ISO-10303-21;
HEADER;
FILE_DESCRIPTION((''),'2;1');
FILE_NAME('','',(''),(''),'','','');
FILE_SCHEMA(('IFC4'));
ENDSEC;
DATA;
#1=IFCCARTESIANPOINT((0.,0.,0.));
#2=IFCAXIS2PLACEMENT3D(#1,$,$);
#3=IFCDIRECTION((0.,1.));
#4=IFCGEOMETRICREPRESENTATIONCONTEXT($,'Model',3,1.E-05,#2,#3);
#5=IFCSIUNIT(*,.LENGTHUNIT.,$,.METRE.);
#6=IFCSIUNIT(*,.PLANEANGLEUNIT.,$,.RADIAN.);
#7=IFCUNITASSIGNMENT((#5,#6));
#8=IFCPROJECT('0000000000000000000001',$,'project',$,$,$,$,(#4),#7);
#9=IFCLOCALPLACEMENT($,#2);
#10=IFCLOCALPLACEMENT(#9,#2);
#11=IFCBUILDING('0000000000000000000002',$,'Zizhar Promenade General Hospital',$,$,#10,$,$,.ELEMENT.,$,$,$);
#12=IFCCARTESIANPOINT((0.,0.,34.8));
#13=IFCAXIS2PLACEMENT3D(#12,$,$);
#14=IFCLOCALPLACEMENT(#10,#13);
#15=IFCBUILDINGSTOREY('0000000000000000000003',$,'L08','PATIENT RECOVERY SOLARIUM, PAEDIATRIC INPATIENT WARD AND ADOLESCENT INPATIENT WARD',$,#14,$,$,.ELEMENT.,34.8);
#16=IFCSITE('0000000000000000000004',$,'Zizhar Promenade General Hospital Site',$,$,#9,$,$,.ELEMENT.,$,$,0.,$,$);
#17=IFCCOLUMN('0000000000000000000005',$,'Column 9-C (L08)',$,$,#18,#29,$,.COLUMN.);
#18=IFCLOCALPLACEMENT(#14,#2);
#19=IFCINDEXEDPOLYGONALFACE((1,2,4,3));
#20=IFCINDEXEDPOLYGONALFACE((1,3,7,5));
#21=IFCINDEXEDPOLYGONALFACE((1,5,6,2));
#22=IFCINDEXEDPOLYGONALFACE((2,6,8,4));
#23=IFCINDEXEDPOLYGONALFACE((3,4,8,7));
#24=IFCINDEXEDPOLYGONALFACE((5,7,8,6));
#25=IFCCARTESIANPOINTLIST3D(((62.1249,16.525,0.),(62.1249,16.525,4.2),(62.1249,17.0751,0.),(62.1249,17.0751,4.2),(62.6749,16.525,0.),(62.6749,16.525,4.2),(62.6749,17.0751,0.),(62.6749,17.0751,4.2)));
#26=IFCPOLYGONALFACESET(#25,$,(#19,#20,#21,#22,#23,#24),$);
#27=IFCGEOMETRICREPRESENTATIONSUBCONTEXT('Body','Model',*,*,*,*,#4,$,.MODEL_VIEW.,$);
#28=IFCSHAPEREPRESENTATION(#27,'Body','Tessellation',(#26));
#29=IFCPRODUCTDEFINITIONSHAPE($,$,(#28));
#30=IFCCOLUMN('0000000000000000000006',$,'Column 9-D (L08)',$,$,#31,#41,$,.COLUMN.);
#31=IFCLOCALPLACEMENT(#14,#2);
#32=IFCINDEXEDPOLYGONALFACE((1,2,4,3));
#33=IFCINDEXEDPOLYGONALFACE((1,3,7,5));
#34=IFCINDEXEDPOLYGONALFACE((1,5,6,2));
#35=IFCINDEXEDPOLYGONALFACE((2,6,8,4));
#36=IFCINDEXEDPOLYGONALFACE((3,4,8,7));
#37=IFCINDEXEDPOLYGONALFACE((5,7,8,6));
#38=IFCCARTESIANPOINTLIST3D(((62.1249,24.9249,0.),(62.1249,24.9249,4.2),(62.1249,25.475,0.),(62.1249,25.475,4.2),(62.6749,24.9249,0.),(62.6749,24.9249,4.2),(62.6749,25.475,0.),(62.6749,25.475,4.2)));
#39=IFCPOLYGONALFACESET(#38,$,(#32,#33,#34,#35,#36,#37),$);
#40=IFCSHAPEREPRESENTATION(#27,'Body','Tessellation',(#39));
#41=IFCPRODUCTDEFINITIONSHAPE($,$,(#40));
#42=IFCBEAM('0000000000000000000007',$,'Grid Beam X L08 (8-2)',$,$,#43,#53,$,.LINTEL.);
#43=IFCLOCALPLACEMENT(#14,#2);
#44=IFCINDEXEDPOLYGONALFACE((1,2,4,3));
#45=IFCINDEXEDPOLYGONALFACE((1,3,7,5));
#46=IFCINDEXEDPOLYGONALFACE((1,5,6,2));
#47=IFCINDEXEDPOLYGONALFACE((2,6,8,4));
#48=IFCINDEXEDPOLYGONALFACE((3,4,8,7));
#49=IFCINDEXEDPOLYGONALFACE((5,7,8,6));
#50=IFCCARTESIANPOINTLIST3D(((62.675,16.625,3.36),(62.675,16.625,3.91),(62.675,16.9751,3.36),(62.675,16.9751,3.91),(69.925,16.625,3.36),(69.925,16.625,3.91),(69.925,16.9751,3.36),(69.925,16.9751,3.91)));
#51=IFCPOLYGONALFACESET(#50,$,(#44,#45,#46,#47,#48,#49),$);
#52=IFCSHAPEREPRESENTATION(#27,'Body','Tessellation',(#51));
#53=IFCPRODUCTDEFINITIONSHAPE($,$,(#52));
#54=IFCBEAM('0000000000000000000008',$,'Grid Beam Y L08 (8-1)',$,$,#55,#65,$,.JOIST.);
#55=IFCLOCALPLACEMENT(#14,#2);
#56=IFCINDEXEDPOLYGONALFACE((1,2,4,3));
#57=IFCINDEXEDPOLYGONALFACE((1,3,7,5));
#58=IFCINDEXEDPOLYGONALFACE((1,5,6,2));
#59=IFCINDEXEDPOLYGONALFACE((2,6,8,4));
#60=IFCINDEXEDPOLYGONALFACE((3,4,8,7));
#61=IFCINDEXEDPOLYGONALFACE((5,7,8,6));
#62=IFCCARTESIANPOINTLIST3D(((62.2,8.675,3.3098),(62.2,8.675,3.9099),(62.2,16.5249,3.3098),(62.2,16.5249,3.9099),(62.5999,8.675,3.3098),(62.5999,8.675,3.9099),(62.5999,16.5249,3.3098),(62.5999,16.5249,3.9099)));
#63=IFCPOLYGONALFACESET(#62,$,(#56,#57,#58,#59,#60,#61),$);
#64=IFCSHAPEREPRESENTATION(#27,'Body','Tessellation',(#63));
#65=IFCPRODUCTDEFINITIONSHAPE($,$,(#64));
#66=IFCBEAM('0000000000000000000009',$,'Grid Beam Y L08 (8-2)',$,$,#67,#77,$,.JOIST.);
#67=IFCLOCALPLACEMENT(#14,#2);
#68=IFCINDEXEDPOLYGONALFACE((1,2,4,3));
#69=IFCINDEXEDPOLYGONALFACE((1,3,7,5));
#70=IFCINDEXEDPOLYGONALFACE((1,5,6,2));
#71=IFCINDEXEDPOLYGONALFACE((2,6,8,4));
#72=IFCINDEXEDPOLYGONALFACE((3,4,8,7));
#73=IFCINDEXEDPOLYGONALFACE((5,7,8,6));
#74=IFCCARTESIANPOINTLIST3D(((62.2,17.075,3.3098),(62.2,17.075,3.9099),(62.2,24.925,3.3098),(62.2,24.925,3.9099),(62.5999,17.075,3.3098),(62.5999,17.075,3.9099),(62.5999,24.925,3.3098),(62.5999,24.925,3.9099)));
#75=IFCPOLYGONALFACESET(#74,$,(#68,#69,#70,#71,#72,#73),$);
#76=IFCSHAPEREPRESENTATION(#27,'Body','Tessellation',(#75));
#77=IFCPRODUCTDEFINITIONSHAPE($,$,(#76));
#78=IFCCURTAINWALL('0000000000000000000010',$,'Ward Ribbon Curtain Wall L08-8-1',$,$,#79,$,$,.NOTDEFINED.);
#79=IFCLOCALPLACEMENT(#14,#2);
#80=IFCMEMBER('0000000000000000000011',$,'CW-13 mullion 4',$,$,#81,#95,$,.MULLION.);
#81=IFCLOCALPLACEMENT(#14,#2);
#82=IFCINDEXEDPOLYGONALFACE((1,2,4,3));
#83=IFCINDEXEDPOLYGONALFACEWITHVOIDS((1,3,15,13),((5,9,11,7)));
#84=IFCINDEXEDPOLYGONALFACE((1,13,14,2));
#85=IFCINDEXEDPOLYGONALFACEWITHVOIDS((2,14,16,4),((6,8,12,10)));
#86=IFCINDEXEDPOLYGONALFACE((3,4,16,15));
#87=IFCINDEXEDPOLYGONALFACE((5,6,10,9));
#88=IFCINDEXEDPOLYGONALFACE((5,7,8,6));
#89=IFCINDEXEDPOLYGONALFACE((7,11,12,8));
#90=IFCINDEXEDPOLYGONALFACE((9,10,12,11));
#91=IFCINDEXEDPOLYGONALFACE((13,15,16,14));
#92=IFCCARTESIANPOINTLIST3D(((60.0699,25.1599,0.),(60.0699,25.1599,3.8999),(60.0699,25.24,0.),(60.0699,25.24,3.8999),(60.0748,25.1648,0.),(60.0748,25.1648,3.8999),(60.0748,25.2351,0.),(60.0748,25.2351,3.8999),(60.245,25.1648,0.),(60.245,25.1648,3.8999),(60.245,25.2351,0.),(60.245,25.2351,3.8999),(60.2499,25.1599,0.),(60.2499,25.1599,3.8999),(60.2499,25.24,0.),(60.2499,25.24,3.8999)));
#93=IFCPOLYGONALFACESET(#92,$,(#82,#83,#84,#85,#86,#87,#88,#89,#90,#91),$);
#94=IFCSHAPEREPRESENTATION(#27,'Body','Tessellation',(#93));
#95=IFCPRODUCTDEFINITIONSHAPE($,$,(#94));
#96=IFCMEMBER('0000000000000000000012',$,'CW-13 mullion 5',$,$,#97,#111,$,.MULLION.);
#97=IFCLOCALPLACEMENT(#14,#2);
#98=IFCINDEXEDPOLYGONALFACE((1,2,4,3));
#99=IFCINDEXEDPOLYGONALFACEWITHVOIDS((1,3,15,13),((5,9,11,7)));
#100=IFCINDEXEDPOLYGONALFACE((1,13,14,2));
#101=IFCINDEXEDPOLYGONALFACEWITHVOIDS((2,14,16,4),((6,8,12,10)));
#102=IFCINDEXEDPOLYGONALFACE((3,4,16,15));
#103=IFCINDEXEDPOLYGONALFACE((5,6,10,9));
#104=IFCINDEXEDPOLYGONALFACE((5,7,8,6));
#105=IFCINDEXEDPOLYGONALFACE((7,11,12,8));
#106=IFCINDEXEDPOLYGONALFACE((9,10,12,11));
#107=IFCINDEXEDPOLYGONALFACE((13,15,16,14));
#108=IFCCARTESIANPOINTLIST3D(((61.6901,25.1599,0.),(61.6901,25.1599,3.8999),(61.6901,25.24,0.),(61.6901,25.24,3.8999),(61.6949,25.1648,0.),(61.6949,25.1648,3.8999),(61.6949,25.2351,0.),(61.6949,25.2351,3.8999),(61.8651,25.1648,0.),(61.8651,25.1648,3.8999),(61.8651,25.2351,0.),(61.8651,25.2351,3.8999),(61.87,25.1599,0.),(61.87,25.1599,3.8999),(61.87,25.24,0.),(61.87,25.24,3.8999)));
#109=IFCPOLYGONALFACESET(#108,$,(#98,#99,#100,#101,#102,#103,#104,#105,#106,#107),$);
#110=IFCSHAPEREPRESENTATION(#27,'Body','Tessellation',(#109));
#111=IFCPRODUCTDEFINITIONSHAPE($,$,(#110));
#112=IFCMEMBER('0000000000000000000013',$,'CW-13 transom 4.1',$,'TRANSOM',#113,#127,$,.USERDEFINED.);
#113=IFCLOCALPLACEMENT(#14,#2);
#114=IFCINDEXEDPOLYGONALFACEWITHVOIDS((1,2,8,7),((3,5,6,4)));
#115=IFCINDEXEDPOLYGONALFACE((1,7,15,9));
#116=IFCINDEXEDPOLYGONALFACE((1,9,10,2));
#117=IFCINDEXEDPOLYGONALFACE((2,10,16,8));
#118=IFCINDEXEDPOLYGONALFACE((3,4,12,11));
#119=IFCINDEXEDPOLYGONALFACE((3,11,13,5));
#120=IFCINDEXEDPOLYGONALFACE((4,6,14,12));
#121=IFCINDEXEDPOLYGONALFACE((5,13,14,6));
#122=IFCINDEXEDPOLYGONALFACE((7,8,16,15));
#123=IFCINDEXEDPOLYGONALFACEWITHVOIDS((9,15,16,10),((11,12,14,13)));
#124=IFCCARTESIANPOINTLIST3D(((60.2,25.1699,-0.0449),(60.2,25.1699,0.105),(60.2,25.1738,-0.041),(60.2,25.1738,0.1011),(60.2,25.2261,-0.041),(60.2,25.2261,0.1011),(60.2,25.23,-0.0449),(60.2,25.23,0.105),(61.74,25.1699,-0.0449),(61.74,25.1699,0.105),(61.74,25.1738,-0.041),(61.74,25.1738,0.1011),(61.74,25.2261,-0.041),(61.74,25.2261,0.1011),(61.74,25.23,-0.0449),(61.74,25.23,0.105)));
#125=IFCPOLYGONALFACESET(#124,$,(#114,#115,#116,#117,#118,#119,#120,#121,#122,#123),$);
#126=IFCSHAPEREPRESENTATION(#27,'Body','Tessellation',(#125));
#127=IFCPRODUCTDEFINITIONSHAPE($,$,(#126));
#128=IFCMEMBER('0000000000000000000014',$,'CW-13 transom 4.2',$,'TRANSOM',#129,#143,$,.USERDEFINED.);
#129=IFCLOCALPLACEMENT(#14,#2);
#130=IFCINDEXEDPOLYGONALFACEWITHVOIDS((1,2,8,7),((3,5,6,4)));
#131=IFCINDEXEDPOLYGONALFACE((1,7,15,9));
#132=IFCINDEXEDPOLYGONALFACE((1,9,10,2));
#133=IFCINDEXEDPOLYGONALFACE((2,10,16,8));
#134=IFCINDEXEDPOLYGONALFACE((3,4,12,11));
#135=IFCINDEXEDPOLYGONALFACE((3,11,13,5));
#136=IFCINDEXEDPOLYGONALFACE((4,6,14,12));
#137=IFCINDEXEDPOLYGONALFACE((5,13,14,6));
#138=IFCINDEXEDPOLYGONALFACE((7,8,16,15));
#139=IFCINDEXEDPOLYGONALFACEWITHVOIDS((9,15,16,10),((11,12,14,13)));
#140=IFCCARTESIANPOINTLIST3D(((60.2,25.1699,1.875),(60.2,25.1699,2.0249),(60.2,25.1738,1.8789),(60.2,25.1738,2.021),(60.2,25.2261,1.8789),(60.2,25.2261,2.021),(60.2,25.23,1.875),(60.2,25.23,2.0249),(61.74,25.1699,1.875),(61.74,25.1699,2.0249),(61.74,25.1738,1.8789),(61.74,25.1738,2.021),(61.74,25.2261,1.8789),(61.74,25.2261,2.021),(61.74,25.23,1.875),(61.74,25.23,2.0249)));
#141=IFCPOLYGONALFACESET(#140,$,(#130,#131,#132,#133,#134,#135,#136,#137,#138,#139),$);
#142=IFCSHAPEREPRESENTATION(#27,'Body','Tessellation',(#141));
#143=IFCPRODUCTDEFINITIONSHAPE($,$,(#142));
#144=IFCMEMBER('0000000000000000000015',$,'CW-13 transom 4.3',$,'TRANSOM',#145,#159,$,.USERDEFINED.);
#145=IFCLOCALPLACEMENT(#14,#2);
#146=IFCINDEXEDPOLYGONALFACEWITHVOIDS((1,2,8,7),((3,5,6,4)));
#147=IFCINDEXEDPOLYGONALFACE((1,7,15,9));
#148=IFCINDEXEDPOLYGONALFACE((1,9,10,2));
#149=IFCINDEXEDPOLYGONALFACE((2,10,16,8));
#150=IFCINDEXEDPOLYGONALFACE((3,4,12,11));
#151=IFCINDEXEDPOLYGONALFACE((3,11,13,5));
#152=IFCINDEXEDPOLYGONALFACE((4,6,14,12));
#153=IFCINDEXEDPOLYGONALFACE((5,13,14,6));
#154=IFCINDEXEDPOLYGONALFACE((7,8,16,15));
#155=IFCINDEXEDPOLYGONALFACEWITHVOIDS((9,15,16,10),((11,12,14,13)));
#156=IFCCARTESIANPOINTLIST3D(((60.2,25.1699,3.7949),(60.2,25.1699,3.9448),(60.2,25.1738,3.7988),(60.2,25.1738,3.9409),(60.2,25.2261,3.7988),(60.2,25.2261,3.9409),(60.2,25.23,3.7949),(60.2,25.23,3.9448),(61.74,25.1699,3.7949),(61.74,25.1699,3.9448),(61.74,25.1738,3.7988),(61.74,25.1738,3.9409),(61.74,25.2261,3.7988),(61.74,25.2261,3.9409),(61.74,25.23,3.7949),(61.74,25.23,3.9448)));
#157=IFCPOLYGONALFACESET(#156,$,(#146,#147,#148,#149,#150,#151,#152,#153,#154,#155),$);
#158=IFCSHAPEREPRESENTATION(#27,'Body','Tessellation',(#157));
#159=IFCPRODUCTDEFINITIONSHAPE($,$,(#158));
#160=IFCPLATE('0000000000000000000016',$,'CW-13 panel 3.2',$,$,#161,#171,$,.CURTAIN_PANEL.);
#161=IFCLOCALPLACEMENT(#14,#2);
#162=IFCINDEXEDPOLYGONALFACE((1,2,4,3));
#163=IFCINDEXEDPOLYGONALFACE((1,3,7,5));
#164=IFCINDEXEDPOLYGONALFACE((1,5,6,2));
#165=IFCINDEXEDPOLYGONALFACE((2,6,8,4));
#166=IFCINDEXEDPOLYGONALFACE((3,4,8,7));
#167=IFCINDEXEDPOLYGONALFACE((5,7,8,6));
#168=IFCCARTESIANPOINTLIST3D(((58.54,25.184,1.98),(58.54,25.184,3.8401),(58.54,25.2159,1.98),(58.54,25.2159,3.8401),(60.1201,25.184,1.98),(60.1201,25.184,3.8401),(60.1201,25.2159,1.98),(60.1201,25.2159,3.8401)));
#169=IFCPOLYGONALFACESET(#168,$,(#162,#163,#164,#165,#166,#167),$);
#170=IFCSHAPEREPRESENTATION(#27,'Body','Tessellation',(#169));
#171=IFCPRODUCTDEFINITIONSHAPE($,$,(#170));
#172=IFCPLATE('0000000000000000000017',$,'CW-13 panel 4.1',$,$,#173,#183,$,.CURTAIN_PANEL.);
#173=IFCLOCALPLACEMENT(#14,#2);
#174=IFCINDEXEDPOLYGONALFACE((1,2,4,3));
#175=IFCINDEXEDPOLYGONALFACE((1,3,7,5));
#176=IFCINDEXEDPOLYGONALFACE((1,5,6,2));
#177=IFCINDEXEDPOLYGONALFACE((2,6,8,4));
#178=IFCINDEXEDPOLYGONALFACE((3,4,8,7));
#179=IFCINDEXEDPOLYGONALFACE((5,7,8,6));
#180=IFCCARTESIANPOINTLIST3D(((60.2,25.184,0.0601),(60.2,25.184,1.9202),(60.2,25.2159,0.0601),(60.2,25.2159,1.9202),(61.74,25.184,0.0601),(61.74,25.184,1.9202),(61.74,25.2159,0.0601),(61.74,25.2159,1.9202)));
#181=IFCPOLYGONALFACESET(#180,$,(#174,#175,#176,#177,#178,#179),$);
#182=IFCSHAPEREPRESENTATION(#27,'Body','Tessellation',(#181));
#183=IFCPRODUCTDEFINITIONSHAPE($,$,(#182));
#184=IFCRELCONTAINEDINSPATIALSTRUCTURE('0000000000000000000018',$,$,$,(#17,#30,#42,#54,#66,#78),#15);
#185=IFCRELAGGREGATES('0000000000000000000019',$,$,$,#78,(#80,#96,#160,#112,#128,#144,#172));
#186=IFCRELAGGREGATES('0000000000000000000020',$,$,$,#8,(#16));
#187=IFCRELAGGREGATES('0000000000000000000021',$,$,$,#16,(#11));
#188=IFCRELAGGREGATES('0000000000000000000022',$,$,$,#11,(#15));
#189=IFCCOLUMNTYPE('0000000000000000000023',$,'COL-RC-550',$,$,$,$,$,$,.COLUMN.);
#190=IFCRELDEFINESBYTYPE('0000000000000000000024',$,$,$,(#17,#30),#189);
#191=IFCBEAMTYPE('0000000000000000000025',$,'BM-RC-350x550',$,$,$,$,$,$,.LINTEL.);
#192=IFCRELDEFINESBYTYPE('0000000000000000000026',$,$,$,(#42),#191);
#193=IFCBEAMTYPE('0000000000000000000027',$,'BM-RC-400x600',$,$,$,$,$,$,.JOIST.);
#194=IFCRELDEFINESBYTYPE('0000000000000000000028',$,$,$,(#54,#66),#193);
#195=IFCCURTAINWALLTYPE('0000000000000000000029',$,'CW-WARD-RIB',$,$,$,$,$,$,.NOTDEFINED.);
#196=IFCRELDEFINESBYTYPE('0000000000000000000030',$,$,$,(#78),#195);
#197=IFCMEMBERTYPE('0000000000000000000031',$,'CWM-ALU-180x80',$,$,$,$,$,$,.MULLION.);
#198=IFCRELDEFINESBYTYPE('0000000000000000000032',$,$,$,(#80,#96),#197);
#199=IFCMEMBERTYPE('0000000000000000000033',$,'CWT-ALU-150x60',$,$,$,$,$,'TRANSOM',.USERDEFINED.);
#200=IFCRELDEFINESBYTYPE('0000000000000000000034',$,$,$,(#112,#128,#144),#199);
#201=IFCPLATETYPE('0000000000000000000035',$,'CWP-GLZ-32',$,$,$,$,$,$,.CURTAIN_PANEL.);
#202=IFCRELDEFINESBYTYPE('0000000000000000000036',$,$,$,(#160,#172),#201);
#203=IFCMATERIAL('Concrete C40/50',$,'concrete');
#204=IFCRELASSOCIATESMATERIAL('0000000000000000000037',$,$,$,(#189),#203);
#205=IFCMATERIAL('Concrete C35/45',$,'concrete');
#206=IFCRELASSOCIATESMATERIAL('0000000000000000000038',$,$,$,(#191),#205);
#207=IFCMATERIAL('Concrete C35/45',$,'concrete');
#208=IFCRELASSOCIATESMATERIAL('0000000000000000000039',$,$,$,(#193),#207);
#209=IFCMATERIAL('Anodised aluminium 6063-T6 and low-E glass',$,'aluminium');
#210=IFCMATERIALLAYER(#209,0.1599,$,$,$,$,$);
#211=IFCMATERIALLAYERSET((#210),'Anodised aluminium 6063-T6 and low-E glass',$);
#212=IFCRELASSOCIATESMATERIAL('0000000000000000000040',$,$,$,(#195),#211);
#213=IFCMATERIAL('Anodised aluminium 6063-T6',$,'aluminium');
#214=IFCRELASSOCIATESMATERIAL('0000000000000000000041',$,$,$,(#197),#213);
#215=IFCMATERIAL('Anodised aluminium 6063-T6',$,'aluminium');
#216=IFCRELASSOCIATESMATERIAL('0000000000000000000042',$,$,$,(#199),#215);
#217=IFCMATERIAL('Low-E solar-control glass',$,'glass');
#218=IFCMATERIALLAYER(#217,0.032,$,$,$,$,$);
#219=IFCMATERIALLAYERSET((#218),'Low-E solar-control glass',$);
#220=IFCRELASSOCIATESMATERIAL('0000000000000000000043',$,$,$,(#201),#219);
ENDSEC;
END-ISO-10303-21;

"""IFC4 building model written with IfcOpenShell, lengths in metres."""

from ifc_helpers import new_model, si_unit, direction, frame, origin, origin_2d, place, context, subcontext, project, spatial, rectangle, hollow_rectangle, extrude, material, layer, layer_set, material_profile, profile_set, type_object, element, aggregate, save


model = new_model("IFC4")

# Units and contexts
model_context = context("Model", 3, precision=1e-05, world=origin(), true_north=direction((0.0, 1.0)))
body_context = subcontext(model_context, "Body", "Model", "MODEL_VIEW")
ifc_project = project(units=[si_unit("LENGTHUNIT", "METRE"), si_unit("PLANEANGLEUNIT", "RADIAN")], contexts=[model_context])

# Site, building, storey
site_placement = place(None, origin())
site = spatial("IfcSite", under=ifc_project, at=site_placement, Name="Zizhar Promenade General Hospital Site", CompositionType="ELEMENT", RefElevation=0.0)
building_placement = place(site_placement, origin())
building = spatial("IfcBuilding", under=site, at=building_placement, Name="Zizhar Promenade General Hospital", CompositionType="ELEMENT")
storey_placement = place(building_placement, frame((0.0, 0.0, 34.8)))
storey = spatial("IfcBuildingStorey", under=building, at=storey_placement, Name="L08", Description="PATIENT RECOVERY SOLARIUM, PAEDIATRIC INPATIENT WARD AND ADOLESCENT INPATIENT WARD", CompositionType="ELEMENT", Elevation=34.8)

# Columns
ifc_material_1 = material(Name="Concrete C40/50", Category="concrete")
ifc_material_profile_1 = material_profile(ifc_material_1, rectangle(XDim=0.55, YDim=0.55, at=origin_2d()))
ifc_profile_set_1 = profile_set([ifc_material_profile_1], Name="Concrete C40/50")
column_type = type_object("IfcColumnType", Name="COL-RC-550", PredefinedType="COLUMN", material=ifc_profile_set_1)
for number, where, z_axis, x_axis, name in (
    (1, (62.3999, 16.8, 0.0), (0.0, 0.0, 1.0), (1.0, 0.0, 0.0), "Column 9-C (L08)"),
    (2, (62.3999, 25.2, 0.0), (0.0, 0.0, 1.0), (1.0, 0.0, 0.0), "Column 9-D (L08)"),
):
    element("IfcColumn", number, at=place(storey_placement, frame(where, z_axis=z_axis, x_axis=x_axis)), inside=storey, type_object=column_type, Name=name, PredefinedType="COLUMN", context=body_context, shape_type="SweptSolid", body=[
        extrude(rectangle(XDim=0.55, YDim=0.55, at=origin_2d()), origin(), (0.0, 0.0, 1.0), 4.2),
    ])

# Beams
ifc_material_2 = material(Name="Concrete C35/45", Category="concrete")
ifc_material_profile_2 = material_profile(ifc_material_2, rectangle(XDim=0.3501, YDim=0.55, at=origin_2d()))
ifc_profile_set_2 = profile_set([ifc_material_profile_2], Name="Concrete C35/45")
beam_type_1 = type_object("IfcBeamType", Name="BM-RC-350x550", PredefinedType="LINTEL", material=ifc_profile_set_2)
beam_1_placement = place(storey_placement, frame((62.675, 16.8, 3.635), z_axis=(1.0, 0.0, 0.0), x_axis=(0.0, 1.0, 0.0)))
element("IfcBeam", 3, at=beam_1_placement, inside=storey, type_object=beam_type_1, Name="Grid Beam X L08 (8-2)", PredefinedType="LINTEL", context=body_context, shape_type="SweptSolid", body=[
    extrude(rectangle(XDim=0.3501, YDim=0.55, at=origin_2d()), origin(), (0.0, 0.0, 1.0), 7.25),
])
ifc_material_3 = material(Name="Concrete C35/45", Category="concrete")
ifc_material_profile_3 = material_profile(ifc_material_3, rectangle(XDim=0.3999, YDim=0.6001, at=origin_2d()))
ifc_profile_set_3 = profile_set([ifc_material_profile_3], Name="Concrete C35/45")
beam_type_2 = type_object("IfcBeamType", Name="BM-RC-400x600", PredefinedType="JOIST", material=ifc_profile_set_3)
beam_2_placement = place(storey_placement, frame((62.3999, 8.675, 3.6099), z_axis=(0.0, 1.0, 0.0), x_axis=(-1.0, 0.0, 0.0)))
element("IfcBeam", 4, at=beam_2_placement, inside=storey, type_object=beam_type_2, Name="Grid Beam Y L08 (8-1)", PredefinedType="JOIST", context=body_context, shape_type="SweptSolid", body=[
    extrude(rectangle(XDim=0.3999, YDim=0.6001, at=origin_2d()), origin(), (0.0, 0.0, 1.0), 7.8499),
])
beam_3_placement = place(storey_placement, frame((62.3999, 17.075, 3.6099), z_axis=(0.0, 1.0, 0.0), x_axis=(-1.0, 0.0, 0.0)))
element("IfcBeam", 5, at=beam_3_placement, inside=storey, type_object=beam_type_2, Name="Grid Beam Y L08 (8-2)", PredefinedType="JOIST", context=body_context, shape_type="SweptSolid", body=[
    extrude(rectangle(XDim=0.3999, YDim=0.6001, at=origin_2d()), origin(), (0.0, 0.0, 1.0), 7.8501),
])

# Curtain wall, members, plates
ifc_material_4 = material(Name="Anodised aluminium 6063-T6 and low-E glass", Category="aluminium")
ifc_layer_1 = layer(ifc_material_4, 0.1599)
ifc_layer_set_1 = layer_set([ifc_layer_1], Name="Anodised aluminium 6063-T6 and low-E glass")
curtain_wall_type = type_object("IfcCurtainWallType", Name="CW-WARD-RIB", PredefinedType="NOTDEFINED", material=ifc_layer_set_1)
curtain_wall_placement = place(storey_placement, origin())
curtain_wall = element("IfcCurtainWall", 6, at=curtain_wall_placement, inside=storey, type_object=curtain_wall_type, Name="Ward Ribbon Curtain Wall L08-8-1", PredefinedType="NOTDEFINED")
ifc_material_5 = material(Name="Anodised aluminium 6063-T6", Category="aluminium")
ifc_material_profile_4 = material_profile(ifc_material_5, hollow_rectangle(XDim=0.0801, YDim=0.1799, WallThickness=0.0049, at=origin_2d()))
ifc_profile_set_4 = profile_set([ifc_material_profile_4], Name="Anodised aluminium 6063-T6")
member_type_1 = type_object("IfcMemberType", Name="CWM-ALU-180x80", PredefinedType="MULLION", material=ifc_profile_set_4)
member_1_placement = place(storey_placement, frame((60.1599, 25.2, 0.0), z_axis=(0.0, 0.0, 1.0), x_axis=(0.0, 1.0, 0.0)))
member_1 = element("IfcMember", 7, at=member_1_placement, type_object=member_type_1, Name="CW-13 mullion 4", PredefinedType="MULLION", context=body_context, shape_type="SweptSolid", body=[
    extrude(hollow_rectangle(XDim=0.0801, YDim=0.1799, WallThickness=0.0049, at=origin_2d()), origin(), (0.0, 0.0, 1.0), 3.8999),
])
member_2_placement = place(storey_placement, frame((61.78, 25.2, 0.0), z_axis=(0.0, 0.0, 1.0), x_axis=(0.0, 1.0, 0.0)))
member_2 = element("IfcMember", 8, at=member_2_placement, type_object=member_type_1, Name="CW-13 mullion 5", PredefinedType="MULLION", context=body_context, shape_type="SweptSolid", body=[
    extrude(hollow_rectangle(XDim=0.0801, YDim=0.1799, WallThickness=0.0049, at=origin_2d()), origin(), (0.0, 0.0, 1.0), 3.8999),
])
ifc_material_6 = material(Name="Anodised aluminium 6063-T6", Category="aluminium")
ifc_material_profile_5 = material_profile(ifc_material_6, hollow_rectangle(XDim=0.0601, YDim=0.1499, WallThickness=0.0039, at=origin_2d()))
ifc_profile_set_5 = profile_set([ifc_material_profile_5], Name="Anodised aluminium 6063-T6")
member_type_2 = type_object("IfcMemberType", Name="CWT-ALU-150x60", ElementType="TRANSOM", PredefinedType="USERDEFINED", material=ifc_profile_set_5)
member_3_placement = place(storey_placement, frame((60.2, 25.2, 0.03), z_axis=(1.0, 0.0, 0.0), x_axis=(0.0, 1.0, 0.0)))
member_3 = element("IfcMember", 9, at=member_3_placement, type_object=member_type_2, Name="CW-13 transom 4.1", ObjectType="TRANSOM", PredefinedType="USERDEFINED", context=body_context, shape_type="SweptSolid", body=[
    extrude(hollow_rectangle(XDim=0.0601, YDim=0.1499, WallThickness=0.0039, at=origin_2d()), origin(), (0.0, 0.0, 1.0), 1.54),
])
member_4_placement = place(storey_placement, frame((60.2, 25.2, 1.95), z_axis=(1.0, 0.0, 0.0), x_axis=(0.0, 1.0, 0.0)))
member_4 = element("IfcMember", 10, at=member_4_placement, type_object=member_type_2, Name="CW-13 transom 4.2", ObjectType="TRANSOM", PredefinedType="USERDEFINED", context=body_context, shape_type="SweptSolid", body=[
    extrude(hollow_rectangle(XDim=0.0601, YDim=0.1499, WallThickness=0.0039, at=origin_2d()), origin(), (0.0, 0.0, 1.0), 1.54),
])
member_5_placement = place(storey_placement, frame((60.2, 25.2, 3.8699), z_axis=(1.0, 0.0, 0.0), x_axis=(0.0, 1.0, 0.0)))
member_5 = element("IfcMember", 11, at=member_5_placement, type_object=member_type_2, Name="CW-13 transom 4.3", ObjectType="TRANSOM", PredefinedType="USERDEFINED", context=body_context, shape_type="SweptSolid", body=[
    extrude(hollow_rectangle(XDim=0.0601, YDim=0.1499, WallThickness=0.0039, at=origin_2d()), origin(), (0.0, 0.0, 1.0), 1.54),
])
ifc_material_7 = material(Name="Low-E solar-control glass", Category="glass")
ifc_layer_2 = layer(ifc_material_7, 0.032)
ifc_layer_set_2 = layer_set([ifc_layer_2], Name="Low-E solar-control glass")
plate_type = type_object("IfcPlateType", Name="CWP-GLZ-32", PredefinedType="CURTAIN_PANEL", material=ifc_layer_set_2)
plate_1_placement = place(storey_placement, frame((59.3301, 25.2, 1.98), z_axis=(0.0, 0.0, 1.0), x_axis=(1.0, 0.0, 0.0)))
plate_1 = element("IfcPlate", 12, at=plate_1_placement, type_object=plate_type, Name="CW-13 panel 3.2", PredefinedType="CURTAIN_PANEL", context=body_context, shape_type="SweptSolid", body=[
    extrude(rectangle(XDim=1.5801, YDim=0.032, at=origin_2d()), origin(), (0.0, 0.0, 1.0), 1.8601),
])
plate_2_placement = place(storey_placement, frame((60.97, 25.2, 0.0601), z_axis=(0.0, 0.0, 1.0), x_axis=(1.0, 0.0, 0.0)))
plate_2 = element("IfcPlate", 13, at=plate_2_placement, type_object=plate_type, Name="CW-13 panel 4.1", PredefinedType="CURTAIN_PANEL", context=body_context, shape_type="SweptSolid", body=[
    extrude(rectangle(XDim=1.54, YDim=0.032, at=origin_2d()), origin(), (0.0, 0.0, 1.0), 1.8601),
])
aggregate(curtain_wall, [member_1, member_2, plate_1, member_3, member_4, member_5, plate_2])

save(model, "model.ifc")
